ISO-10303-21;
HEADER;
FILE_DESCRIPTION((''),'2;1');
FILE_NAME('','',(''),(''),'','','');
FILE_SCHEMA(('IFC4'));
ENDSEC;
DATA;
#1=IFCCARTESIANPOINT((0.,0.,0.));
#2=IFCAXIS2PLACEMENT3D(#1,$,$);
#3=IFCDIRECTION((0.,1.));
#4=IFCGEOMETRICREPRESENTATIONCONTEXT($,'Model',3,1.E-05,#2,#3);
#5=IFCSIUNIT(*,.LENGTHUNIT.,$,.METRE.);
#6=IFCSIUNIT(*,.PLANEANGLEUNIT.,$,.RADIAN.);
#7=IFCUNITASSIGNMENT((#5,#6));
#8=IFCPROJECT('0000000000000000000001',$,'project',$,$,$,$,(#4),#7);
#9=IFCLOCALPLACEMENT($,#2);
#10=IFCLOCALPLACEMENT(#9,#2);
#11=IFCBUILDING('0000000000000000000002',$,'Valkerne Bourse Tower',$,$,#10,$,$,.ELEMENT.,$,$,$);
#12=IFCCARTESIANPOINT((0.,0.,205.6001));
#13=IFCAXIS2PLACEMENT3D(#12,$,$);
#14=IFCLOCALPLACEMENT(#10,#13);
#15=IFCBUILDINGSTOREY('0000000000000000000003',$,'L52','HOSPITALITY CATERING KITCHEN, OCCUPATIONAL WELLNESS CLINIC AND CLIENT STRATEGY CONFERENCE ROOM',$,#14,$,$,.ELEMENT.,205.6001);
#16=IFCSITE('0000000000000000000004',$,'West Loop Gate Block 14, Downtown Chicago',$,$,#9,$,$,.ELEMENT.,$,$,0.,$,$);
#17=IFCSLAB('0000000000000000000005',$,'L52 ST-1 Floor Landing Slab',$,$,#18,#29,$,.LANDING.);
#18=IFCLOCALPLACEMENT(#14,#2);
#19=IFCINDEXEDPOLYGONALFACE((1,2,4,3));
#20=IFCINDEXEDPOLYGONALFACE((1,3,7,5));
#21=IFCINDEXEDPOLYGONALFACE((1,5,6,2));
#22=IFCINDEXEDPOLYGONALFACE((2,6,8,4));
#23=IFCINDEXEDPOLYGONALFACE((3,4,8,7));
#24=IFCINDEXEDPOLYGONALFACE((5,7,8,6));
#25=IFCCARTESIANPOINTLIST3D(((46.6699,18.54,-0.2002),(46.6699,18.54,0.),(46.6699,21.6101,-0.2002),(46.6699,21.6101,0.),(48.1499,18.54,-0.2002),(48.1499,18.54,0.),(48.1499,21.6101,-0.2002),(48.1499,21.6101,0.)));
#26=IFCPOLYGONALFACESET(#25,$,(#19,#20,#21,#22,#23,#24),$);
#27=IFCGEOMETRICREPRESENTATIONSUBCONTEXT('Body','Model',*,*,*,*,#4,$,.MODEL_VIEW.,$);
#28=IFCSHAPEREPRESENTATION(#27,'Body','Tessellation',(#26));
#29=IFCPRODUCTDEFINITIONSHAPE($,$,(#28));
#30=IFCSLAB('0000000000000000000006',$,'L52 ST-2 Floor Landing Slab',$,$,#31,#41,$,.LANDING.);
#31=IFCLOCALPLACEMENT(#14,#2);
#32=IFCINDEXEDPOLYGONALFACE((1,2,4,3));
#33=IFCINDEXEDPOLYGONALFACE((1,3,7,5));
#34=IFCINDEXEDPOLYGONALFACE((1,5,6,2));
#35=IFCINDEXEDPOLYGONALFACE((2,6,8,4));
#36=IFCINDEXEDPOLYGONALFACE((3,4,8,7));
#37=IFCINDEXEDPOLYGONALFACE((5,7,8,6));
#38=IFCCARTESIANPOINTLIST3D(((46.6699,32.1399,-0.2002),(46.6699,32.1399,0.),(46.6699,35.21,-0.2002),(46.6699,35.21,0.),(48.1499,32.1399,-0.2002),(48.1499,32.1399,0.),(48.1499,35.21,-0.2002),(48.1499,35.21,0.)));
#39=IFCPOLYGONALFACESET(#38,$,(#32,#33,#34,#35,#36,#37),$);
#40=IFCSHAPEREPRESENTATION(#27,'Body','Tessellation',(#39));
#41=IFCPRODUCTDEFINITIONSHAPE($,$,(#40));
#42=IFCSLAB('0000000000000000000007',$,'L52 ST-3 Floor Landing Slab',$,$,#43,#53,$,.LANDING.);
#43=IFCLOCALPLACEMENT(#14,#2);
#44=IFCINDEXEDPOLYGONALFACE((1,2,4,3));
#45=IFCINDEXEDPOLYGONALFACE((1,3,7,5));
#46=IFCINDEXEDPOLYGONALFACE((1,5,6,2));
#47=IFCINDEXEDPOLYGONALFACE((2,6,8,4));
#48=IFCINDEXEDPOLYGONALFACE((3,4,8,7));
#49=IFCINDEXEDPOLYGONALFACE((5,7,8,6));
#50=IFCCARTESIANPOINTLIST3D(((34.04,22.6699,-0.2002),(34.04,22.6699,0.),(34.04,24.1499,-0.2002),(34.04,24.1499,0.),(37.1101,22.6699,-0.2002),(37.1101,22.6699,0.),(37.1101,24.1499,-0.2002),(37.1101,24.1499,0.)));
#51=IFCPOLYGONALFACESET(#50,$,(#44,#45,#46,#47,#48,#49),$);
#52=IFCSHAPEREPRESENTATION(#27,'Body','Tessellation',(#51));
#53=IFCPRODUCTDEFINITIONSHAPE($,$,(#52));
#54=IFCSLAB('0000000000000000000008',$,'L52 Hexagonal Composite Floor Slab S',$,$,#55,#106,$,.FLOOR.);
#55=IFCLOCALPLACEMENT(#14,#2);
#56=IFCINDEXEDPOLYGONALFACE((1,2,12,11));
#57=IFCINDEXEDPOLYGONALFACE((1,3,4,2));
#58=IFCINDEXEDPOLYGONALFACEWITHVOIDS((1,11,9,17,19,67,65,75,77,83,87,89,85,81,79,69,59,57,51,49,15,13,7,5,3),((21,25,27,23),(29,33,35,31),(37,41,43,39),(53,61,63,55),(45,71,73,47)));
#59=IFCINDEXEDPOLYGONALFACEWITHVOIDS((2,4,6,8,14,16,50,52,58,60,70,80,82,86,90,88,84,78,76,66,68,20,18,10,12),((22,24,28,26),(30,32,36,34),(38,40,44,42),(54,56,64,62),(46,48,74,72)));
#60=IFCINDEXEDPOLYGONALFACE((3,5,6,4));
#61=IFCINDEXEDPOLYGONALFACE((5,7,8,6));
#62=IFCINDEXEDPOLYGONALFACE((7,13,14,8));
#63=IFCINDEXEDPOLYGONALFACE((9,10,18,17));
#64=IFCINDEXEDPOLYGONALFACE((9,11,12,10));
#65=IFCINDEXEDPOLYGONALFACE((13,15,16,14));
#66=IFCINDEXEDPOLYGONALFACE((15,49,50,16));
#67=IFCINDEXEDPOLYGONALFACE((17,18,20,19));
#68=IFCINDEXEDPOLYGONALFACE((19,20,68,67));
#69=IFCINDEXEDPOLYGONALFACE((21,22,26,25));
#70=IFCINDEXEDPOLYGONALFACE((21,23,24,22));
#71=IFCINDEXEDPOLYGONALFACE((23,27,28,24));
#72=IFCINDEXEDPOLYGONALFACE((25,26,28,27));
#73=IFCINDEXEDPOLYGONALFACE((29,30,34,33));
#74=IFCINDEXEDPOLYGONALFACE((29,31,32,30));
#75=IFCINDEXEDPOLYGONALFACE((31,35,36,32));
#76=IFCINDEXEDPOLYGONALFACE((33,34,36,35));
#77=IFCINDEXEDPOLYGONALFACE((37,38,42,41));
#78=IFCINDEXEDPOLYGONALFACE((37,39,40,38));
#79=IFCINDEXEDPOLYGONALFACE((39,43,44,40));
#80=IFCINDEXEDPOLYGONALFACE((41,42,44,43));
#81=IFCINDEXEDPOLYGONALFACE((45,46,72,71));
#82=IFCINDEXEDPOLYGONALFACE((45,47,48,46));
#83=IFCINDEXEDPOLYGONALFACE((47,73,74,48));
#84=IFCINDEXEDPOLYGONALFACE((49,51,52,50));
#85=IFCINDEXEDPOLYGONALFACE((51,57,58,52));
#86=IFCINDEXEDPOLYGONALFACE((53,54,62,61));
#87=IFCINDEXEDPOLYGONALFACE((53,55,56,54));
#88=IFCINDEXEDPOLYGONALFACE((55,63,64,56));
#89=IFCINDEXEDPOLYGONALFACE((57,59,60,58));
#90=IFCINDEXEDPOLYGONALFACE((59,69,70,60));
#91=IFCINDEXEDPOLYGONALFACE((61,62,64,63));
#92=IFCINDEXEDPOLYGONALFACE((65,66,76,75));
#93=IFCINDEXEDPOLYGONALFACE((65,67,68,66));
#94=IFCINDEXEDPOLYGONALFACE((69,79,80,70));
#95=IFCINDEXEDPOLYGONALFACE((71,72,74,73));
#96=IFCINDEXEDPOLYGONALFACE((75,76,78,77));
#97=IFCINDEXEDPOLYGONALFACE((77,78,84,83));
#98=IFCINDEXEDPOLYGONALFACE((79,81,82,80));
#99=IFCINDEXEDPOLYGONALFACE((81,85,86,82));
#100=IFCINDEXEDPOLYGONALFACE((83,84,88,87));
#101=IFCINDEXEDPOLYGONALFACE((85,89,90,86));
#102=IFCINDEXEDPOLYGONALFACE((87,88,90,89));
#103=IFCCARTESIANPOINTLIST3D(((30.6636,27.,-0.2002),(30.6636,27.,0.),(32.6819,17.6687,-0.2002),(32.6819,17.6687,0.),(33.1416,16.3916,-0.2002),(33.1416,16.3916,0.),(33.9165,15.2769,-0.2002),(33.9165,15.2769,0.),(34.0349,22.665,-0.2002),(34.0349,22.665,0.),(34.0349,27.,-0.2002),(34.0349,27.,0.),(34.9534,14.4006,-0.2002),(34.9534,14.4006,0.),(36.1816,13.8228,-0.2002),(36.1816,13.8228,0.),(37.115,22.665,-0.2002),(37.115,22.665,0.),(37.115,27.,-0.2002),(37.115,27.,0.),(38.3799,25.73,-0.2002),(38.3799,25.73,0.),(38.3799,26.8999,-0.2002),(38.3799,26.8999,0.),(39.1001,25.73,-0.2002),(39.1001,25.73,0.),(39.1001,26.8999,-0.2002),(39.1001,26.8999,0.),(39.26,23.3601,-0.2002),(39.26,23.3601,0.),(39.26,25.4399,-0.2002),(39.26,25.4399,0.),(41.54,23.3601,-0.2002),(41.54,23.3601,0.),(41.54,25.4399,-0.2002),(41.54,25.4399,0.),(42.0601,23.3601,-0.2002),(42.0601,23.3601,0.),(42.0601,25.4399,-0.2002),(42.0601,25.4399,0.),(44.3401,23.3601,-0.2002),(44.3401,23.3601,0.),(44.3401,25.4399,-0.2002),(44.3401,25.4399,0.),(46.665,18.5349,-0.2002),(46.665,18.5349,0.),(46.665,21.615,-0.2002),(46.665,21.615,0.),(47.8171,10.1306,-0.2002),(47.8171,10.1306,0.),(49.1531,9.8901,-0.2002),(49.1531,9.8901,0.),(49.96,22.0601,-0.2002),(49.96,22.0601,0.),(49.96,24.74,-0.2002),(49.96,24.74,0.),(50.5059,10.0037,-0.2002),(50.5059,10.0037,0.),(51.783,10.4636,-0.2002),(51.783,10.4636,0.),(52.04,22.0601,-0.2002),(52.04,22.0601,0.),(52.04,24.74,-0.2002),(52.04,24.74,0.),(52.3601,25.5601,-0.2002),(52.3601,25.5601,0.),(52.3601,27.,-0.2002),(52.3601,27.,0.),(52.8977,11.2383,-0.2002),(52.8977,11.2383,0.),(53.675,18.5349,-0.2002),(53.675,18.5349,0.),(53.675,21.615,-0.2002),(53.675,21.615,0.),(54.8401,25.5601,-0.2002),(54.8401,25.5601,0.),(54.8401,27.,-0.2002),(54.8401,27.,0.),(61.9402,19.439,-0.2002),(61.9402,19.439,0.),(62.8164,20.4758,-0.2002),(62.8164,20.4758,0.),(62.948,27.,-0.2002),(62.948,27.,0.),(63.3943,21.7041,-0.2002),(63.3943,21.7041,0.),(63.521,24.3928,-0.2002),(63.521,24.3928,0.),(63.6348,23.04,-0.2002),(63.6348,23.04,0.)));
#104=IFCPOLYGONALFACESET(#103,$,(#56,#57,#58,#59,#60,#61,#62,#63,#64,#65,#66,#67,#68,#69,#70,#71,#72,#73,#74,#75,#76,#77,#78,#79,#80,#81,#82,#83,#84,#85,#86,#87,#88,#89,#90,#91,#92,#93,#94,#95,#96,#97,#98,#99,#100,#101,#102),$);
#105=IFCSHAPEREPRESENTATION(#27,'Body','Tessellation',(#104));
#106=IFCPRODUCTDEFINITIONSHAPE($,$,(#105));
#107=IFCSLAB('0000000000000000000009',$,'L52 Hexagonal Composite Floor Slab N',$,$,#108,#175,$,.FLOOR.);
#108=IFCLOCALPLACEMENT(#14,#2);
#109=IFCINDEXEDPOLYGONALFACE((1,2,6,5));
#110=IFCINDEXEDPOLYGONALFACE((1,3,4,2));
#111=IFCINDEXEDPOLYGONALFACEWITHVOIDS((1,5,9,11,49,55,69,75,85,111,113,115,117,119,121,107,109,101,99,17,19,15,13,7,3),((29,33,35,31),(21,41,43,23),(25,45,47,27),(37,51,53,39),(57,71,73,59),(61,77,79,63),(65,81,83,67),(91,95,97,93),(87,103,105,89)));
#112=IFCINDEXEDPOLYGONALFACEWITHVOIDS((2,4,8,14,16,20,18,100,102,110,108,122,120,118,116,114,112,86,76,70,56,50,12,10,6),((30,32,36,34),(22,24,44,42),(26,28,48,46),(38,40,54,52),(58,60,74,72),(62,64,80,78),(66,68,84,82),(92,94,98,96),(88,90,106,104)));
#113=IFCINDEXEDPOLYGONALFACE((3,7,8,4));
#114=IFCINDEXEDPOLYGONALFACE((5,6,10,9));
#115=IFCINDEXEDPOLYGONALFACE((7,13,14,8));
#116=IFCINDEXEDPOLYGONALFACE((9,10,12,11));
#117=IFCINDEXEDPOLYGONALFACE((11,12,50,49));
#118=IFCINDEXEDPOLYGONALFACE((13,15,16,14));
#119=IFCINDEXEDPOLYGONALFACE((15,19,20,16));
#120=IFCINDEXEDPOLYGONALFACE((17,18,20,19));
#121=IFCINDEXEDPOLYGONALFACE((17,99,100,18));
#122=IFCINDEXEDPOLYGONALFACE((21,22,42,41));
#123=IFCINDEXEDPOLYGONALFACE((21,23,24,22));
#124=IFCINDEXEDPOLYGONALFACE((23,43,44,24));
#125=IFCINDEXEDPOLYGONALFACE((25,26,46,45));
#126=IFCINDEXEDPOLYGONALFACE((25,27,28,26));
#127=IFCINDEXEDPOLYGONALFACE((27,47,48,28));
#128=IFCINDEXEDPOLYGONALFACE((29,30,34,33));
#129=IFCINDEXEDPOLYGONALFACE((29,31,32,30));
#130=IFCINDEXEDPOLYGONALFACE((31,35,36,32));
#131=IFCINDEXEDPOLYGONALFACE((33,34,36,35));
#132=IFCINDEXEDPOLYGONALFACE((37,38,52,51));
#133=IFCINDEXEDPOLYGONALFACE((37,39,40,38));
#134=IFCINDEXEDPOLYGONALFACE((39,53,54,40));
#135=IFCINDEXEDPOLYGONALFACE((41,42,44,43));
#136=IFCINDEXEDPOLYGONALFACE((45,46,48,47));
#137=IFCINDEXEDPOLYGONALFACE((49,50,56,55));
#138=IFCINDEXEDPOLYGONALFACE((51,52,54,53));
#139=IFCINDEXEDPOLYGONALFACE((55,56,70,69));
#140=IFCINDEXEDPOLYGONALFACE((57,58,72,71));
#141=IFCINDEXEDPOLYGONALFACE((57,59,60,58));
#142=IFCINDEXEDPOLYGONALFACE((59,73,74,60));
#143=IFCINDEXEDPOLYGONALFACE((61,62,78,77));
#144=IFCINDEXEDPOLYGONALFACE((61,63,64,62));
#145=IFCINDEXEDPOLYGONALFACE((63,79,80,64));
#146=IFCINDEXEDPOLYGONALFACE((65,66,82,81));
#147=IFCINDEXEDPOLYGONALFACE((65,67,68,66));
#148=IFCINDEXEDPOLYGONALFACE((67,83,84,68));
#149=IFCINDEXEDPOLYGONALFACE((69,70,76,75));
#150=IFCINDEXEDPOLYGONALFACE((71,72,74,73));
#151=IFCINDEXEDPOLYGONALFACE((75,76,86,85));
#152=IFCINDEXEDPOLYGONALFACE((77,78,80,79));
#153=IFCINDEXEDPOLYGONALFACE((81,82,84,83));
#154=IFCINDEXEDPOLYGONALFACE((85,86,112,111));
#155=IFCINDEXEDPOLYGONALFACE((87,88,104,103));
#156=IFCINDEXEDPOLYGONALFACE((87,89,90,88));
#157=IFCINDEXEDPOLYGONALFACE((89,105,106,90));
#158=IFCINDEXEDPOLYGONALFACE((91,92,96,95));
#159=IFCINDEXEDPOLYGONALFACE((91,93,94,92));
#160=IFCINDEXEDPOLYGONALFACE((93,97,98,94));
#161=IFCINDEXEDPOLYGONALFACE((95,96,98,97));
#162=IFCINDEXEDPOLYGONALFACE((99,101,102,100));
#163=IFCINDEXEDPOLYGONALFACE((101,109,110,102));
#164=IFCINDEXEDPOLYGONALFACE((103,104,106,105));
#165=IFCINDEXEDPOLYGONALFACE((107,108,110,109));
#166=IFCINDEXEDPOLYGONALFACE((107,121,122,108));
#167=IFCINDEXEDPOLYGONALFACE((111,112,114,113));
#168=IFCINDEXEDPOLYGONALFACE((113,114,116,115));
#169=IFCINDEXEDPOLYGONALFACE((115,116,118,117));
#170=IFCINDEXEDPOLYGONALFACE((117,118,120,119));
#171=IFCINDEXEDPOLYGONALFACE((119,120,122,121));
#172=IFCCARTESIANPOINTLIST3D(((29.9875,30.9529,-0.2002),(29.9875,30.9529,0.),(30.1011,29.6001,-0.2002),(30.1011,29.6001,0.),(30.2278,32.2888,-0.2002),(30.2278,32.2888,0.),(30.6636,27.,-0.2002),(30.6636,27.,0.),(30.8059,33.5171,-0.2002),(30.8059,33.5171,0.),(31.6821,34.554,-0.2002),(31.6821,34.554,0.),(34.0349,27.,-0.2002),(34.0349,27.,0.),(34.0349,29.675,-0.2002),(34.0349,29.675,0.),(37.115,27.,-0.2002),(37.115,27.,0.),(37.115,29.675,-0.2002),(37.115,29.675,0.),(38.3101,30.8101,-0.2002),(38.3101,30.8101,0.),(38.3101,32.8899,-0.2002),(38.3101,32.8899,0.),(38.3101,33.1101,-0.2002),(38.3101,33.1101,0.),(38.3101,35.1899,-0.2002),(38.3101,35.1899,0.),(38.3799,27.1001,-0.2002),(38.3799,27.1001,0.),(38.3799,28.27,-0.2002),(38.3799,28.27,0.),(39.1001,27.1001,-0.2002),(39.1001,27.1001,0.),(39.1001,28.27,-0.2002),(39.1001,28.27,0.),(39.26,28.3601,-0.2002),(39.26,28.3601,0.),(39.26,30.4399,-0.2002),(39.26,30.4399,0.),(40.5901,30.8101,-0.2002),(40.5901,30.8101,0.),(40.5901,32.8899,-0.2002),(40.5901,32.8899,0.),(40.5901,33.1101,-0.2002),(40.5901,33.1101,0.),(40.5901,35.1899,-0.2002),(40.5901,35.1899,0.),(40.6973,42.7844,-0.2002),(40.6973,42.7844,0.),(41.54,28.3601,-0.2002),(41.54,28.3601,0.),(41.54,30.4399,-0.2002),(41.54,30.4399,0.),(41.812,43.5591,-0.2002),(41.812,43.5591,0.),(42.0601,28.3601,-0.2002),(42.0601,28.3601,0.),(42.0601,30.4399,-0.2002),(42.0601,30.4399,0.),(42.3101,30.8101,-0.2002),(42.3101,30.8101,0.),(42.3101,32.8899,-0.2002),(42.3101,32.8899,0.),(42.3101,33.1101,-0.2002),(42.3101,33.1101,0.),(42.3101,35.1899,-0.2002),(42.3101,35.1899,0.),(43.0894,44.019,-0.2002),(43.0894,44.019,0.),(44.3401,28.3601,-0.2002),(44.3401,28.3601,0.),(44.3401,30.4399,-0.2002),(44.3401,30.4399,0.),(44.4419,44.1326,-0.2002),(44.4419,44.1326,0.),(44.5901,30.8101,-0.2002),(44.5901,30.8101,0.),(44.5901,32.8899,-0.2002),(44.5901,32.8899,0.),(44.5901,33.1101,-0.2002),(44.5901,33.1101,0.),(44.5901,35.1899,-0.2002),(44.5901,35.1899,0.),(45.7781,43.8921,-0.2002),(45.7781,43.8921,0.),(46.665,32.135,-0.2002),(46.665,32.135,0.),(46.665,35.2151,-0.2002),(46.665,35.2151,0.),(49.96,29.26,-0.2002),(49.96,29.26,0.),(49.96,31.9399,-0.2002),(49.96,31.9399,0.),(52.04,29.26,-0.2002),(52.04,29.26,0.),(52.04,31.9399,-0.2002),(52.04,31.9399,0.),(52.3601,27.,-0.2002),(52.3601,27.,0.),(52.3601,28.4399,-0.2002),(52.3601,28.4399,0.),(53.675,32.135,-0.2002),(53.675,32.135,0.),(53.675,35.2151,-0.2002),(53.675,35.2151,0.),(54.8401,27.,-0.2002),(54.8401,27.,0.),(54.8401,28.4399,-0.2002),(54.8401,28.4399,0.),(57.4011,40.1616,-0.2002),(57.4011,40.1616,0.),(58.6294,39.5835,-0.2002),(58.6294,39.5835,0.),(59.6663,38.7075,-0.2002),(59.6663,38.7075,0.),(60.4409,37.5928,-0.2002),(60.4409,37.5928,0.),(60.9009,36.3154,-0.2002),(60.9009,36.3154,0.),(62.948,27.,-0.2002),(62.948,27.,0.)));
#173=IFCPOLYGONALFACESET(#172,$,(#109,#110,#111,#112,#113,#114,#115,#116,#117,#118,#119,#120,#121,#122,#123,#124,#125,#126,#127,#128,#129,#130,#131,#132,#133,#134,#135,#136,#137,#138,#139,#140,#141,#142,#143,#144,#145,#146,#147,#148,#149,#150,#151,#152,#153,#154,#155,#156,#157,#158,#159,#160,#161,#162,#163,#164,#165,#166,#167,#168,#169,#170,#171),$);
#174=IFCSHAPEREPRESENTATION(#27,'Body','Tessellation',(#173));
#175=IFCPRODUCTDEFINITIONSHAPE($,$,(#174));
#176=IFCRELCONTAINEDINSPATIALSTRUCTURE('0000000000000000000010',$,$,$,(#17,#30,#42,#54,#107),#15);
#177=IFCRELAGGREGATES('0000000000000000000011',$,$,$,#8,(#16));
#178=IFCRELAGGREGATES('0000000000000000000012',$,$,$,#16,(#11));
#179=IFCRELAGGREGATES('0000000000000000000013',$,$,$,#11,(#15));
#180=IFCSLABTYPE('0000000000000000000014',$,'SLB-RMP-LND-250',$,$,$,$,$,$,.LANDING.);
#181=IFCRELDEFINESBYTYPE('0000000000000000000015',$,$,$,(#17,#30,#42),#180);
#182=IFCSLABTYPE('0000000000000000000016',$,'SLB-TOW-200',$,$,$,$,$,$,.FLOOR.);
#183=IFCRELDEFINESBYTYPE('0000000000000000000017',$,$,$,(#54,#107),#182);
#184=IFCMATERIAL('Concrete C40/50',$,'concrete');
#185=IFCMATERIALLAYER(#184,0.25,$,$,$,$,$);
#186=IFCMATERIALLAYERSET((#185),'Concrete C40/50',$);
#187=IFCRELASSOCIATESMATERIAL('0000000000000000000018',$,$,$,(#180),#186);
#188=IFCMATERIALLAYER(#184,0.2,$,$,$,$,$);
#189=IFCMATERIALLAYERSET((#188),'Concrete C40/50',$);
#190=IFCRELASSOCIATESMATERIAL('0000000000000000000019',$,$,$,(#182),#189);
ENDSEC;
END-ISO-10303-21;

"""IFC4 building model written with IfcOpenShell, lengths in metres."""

from ifc_helpers import new_model, si_unit, direction, frame, origin, place, context, subcontext, project, spatial, polyline, outline, extrude, material, layer, layer_set, type_object, element, save


model = new_model("IFC4")

# Units and contexts
model_context = context("Model", 3, precision=1e-05, world=origin(), true_north=direction((0.0, 1.0)))
body_context = subcontext(model_context, "Body", "Model", "MODEL_VIEW")
ifc_project = project(units=[si_unit("LENGTHUNIT", "METRE"), si_unit("PLANEANGLEUNIT", "RADIAN")], contexts=[model_context])

# Site, building, storey
site_placement = place(None, origin())
site = spatial("IfcSite", under=ifc_project, at=site_placement, Name="West Loop Gate Block 14, Downtown Chicago", CompositionType="ELEMENT", RefElevation=0.0)
building_placement = place(site_placement, origin())
building = spatial("IfcBuilding", under=site, at=building_placement, Name="Valkerne Bourse Tower", CompositionType="ELEMENT")
storey_placement = place(building_placement, frame((0.0, 0.0, 205.6001)))
storey = spatial("IfcBuildingStorey", under=building, at=storey_placement, Name="L52", Description="HOSPITALITY CATERING KITCHEN, OCCUPATIONAL WELLNESS CLINIC AND CLIENT STRATEGY CONFERENCE ROOM", CompositionType="ELEMENT", Elevation=205.6001)

# Slabs
ifc_material_1 = material(Name="Concrete C40/50", Category="concrete")
ifc_layer_1 = layer(ifc_material_1, 0.25)
ifc_layer_set_1 = layer_set([ifc_layer_1], Name="Concrete C40/50")
slab_type_1 = type_object("IfcSlabType", Name="SLB-RMP-LND-250", PredefinedType="LANDING", material=ifc_layer_set_1)
slab_1_placement = place(storey_placement, frame((0.0, 0.0, -0.2002)))
element("IfcSlab", 1, at=slab_1_placement, inside=storey, type_object=slab_type_1, Name="L52 ST-1 Floor Landing Slab", PredefinedType="LANDING", context=body_context, shape_type="SweptSolid", body=[
    extrude(outline(polyline([(46.6699, 18.54), (48.1499, 18.54), (48.1499, 21.6101), (46.6699, 21.6101), (46.6699, 18.54)])), origin(), (0.0, 0.0, 1.0), 0.2002),
])
slab_2_placement = place(storey_placement, frame((0.0, 0.0, -0.2002)))
element("IfcSlab", 2, at=slab_2_placement, inside=storey, type_object=slab_type_1, Name="L52 ST-2 Floor Landing Slab", PredefinedType="LANDING", context=body_context, shape_type="SweptSolid", body=[
    extrude(outline(polyline([(46.6699, 32.1399), (48.1499, 32.1399), (48.1499, 35.21), (46.6699, 35.21), (46.6699, 32.1399)])), origin(), (0.0, 0.0, 1.0), 0.2002),
])
slab_3_placement = place(storey_placement, frame((0.0, 0.0, -0.2002)))
element("IfcSlab", 3, at=slab_3_placement, inside=storey, type_object=slab_type_1, Name="L52 ST-3 Floor Landing Slab", PredefinedType="LANDING", context=body_context, shape_type="SweptSolid", body=[
    extrude(outline(polyline([(37.1101, 22.6699), (37.1101, 24.1499), (34.04, 24.1499), (34.04, 22.6699), (37.1101, 22.6699)])), origin(), (0.0, 0.0, 1.0), 0.2002),
])
ifc_layer_2 = layer(ifc_material_1, 0.2)
ifc_layer_set_2 = layer_set([ifc_layer_2], Name="Concrete C40/50")
slab_type_2 = type_object("IfcSlabType", Name="SLB-TOW-200", PredefinedType="FLOOR", material=ifc_layer_set_2)
slab_4_placement = place(storey_placement, frame((0.0, 0.0, -0.2002)))
element("IfcSlab", 4, at=slab_4_placement, inside=storey, type_object=slab_type_2, Name="L52 Hexagonal Composite Floor Slab S", PredefinedType="FLOOR", context=body_context, shape_type="SweptSolid", body=[
    extrude(outline(polyline([(63.6348, 23.04), (63.3943, 21.7041), (62.8164, 20.4758), (61.9402, 19.439), (52.8977, 11.2383), (51.783, 10.4636), (50.5059, 10.0037), (49.1531, 9.8901), (47.8171, 10.1306), (36.1816, 13.8228), (34.9534, 14.4006), (33.9165, 15.2769), (33.1416, 16.3916), (32.6819, 17.6687), (30.6636, 27.0), (34.0349, 27.0), (34.0349, 22.665), (37.115, 22.665), (37.115, 27.0), (52.3601, 27.0), (52.3601, 25.5601), (54.8401, 25.5601), (54.8401, 27.0), (62.948, 27.0), (63.521, 24.3928), (63.6348, 23.04)]), holes=[polyline([(41.54, 25.4399), (39.26, 25.4399), (39.26, 23.3601), (41.54, 23.3601), (41.54, 25.4399)]), polyline([(44.3401, 25.4399), (42.0601, 25.4399), (42.0601, 23.3601), (44.3401, 23.3601), (44.3401, 25.4399)]), polyline([(39.1001, 26.8999), (38.3799, 26.8999), (38.3799, 25.73), (39.1001, 25.73), (39.1001, 26.8999)]), polyline([(53.675, 21.615), (46.665, 21.615), (46.665, 18.5349), (53.675, 18.5349), (53.675, 21.615)]), polyline([(52.04, 24.74), (49.96, 24.74), (49.96, 22.0601), (52.04, 22.0601), (52.04, 24.74)])]), origin(), (0.0, 0.0, 1.0), 0.2002),
])
slab_5_placement = place(storey_placement, frame((0.0, 0.0, -0.2002)))
element("IfcSlab", 5, at=slab_5_placement, inside=storey, type_object=slab_type_2, Name="L52 Hexagonal Composite Floor Slab N", PredefinedType="FLOOR", context=body_context, shape_type="SweptSolid", body=[
    extrude(outline(polyline([(30.1011, 29.6001), (29.9875, 30.9529), (30.2278, 32.2888), (30.8059, 33.5171), (31.6821, 34.554), (40.6973, 42.7844), (41.812, 43.5591), (43.0894, 44.019), (44.4419, 44.1326), (45.7781, 43.8921), (57.4011, 40.1616), (58.6294, 39.5835), (59.6663, 38.7075), (60.4409, 37.5928), (60.9009, 36.3154), (62.948, 27.0), (54.8401, 27.0), (54.8401, 28.4399), (52.3601, 28.4399), (52.3601, 27.0), (37.115, 27.0), (37.115, 29.675), (34.0349, 29.675), (34.0349, 27.0), (30.6636, 27.0), (30.1011, 29.6001)]), holes=[polyline([(39.1001, 28.27), (38.3799, 28.27), (38.3799, 27.1001), (39.1001, 27.1001), (39.1001, 28.27)]), polyline([(41.54, 30.4399), (39.26, 30.4399), (39.26, 28.3601), (41.54, 28.3601), (41.54, 30.4399)]), polyline([(40.5901, 32.8899), (38.3101, 32.8899), (38.3101, 30.8101), (40.5901, 30.8101), (40.5901, 32.8899)]), polyline([(40.5901, 35.1899), (38.3101, 35.1899), (38.3101, 33.1101), (40.5901, 33.1101), (40.5901, 35.1899)]), polyline([(44.3401, 30.4399), (42.0601, 30.4399), (42.0601, 28.3601), (44.3401, 28.3601), (44.3401, 30.4399)]), polyline([(52.04, 31.9399), (49.96, 31.9399), (49.96, 29.26), (52.04, 29.26), (52.04, 31.9399)]), polyline([(44.5901, 32.8899), (42.3101, 32.8899), (42.3101, 30.8101), (44.5901, 30.8101), (44.5901, 32.8899)]), polyline([(53.675, 35.2151), (46.665, 35.2151), (46.665, 32.135), (53.675, 32.135), (53.675, 35.2151)]), polyline([(44.5901, 35.1899), (42.3101, 35.1899), (42.3101, 33.1101), (44.5901, 33.1101), (44.5901, 35.1899)])]), origin(), (0.0, 0.0, 1.0), 0.2002),
])

save(model, "model.ifc")
